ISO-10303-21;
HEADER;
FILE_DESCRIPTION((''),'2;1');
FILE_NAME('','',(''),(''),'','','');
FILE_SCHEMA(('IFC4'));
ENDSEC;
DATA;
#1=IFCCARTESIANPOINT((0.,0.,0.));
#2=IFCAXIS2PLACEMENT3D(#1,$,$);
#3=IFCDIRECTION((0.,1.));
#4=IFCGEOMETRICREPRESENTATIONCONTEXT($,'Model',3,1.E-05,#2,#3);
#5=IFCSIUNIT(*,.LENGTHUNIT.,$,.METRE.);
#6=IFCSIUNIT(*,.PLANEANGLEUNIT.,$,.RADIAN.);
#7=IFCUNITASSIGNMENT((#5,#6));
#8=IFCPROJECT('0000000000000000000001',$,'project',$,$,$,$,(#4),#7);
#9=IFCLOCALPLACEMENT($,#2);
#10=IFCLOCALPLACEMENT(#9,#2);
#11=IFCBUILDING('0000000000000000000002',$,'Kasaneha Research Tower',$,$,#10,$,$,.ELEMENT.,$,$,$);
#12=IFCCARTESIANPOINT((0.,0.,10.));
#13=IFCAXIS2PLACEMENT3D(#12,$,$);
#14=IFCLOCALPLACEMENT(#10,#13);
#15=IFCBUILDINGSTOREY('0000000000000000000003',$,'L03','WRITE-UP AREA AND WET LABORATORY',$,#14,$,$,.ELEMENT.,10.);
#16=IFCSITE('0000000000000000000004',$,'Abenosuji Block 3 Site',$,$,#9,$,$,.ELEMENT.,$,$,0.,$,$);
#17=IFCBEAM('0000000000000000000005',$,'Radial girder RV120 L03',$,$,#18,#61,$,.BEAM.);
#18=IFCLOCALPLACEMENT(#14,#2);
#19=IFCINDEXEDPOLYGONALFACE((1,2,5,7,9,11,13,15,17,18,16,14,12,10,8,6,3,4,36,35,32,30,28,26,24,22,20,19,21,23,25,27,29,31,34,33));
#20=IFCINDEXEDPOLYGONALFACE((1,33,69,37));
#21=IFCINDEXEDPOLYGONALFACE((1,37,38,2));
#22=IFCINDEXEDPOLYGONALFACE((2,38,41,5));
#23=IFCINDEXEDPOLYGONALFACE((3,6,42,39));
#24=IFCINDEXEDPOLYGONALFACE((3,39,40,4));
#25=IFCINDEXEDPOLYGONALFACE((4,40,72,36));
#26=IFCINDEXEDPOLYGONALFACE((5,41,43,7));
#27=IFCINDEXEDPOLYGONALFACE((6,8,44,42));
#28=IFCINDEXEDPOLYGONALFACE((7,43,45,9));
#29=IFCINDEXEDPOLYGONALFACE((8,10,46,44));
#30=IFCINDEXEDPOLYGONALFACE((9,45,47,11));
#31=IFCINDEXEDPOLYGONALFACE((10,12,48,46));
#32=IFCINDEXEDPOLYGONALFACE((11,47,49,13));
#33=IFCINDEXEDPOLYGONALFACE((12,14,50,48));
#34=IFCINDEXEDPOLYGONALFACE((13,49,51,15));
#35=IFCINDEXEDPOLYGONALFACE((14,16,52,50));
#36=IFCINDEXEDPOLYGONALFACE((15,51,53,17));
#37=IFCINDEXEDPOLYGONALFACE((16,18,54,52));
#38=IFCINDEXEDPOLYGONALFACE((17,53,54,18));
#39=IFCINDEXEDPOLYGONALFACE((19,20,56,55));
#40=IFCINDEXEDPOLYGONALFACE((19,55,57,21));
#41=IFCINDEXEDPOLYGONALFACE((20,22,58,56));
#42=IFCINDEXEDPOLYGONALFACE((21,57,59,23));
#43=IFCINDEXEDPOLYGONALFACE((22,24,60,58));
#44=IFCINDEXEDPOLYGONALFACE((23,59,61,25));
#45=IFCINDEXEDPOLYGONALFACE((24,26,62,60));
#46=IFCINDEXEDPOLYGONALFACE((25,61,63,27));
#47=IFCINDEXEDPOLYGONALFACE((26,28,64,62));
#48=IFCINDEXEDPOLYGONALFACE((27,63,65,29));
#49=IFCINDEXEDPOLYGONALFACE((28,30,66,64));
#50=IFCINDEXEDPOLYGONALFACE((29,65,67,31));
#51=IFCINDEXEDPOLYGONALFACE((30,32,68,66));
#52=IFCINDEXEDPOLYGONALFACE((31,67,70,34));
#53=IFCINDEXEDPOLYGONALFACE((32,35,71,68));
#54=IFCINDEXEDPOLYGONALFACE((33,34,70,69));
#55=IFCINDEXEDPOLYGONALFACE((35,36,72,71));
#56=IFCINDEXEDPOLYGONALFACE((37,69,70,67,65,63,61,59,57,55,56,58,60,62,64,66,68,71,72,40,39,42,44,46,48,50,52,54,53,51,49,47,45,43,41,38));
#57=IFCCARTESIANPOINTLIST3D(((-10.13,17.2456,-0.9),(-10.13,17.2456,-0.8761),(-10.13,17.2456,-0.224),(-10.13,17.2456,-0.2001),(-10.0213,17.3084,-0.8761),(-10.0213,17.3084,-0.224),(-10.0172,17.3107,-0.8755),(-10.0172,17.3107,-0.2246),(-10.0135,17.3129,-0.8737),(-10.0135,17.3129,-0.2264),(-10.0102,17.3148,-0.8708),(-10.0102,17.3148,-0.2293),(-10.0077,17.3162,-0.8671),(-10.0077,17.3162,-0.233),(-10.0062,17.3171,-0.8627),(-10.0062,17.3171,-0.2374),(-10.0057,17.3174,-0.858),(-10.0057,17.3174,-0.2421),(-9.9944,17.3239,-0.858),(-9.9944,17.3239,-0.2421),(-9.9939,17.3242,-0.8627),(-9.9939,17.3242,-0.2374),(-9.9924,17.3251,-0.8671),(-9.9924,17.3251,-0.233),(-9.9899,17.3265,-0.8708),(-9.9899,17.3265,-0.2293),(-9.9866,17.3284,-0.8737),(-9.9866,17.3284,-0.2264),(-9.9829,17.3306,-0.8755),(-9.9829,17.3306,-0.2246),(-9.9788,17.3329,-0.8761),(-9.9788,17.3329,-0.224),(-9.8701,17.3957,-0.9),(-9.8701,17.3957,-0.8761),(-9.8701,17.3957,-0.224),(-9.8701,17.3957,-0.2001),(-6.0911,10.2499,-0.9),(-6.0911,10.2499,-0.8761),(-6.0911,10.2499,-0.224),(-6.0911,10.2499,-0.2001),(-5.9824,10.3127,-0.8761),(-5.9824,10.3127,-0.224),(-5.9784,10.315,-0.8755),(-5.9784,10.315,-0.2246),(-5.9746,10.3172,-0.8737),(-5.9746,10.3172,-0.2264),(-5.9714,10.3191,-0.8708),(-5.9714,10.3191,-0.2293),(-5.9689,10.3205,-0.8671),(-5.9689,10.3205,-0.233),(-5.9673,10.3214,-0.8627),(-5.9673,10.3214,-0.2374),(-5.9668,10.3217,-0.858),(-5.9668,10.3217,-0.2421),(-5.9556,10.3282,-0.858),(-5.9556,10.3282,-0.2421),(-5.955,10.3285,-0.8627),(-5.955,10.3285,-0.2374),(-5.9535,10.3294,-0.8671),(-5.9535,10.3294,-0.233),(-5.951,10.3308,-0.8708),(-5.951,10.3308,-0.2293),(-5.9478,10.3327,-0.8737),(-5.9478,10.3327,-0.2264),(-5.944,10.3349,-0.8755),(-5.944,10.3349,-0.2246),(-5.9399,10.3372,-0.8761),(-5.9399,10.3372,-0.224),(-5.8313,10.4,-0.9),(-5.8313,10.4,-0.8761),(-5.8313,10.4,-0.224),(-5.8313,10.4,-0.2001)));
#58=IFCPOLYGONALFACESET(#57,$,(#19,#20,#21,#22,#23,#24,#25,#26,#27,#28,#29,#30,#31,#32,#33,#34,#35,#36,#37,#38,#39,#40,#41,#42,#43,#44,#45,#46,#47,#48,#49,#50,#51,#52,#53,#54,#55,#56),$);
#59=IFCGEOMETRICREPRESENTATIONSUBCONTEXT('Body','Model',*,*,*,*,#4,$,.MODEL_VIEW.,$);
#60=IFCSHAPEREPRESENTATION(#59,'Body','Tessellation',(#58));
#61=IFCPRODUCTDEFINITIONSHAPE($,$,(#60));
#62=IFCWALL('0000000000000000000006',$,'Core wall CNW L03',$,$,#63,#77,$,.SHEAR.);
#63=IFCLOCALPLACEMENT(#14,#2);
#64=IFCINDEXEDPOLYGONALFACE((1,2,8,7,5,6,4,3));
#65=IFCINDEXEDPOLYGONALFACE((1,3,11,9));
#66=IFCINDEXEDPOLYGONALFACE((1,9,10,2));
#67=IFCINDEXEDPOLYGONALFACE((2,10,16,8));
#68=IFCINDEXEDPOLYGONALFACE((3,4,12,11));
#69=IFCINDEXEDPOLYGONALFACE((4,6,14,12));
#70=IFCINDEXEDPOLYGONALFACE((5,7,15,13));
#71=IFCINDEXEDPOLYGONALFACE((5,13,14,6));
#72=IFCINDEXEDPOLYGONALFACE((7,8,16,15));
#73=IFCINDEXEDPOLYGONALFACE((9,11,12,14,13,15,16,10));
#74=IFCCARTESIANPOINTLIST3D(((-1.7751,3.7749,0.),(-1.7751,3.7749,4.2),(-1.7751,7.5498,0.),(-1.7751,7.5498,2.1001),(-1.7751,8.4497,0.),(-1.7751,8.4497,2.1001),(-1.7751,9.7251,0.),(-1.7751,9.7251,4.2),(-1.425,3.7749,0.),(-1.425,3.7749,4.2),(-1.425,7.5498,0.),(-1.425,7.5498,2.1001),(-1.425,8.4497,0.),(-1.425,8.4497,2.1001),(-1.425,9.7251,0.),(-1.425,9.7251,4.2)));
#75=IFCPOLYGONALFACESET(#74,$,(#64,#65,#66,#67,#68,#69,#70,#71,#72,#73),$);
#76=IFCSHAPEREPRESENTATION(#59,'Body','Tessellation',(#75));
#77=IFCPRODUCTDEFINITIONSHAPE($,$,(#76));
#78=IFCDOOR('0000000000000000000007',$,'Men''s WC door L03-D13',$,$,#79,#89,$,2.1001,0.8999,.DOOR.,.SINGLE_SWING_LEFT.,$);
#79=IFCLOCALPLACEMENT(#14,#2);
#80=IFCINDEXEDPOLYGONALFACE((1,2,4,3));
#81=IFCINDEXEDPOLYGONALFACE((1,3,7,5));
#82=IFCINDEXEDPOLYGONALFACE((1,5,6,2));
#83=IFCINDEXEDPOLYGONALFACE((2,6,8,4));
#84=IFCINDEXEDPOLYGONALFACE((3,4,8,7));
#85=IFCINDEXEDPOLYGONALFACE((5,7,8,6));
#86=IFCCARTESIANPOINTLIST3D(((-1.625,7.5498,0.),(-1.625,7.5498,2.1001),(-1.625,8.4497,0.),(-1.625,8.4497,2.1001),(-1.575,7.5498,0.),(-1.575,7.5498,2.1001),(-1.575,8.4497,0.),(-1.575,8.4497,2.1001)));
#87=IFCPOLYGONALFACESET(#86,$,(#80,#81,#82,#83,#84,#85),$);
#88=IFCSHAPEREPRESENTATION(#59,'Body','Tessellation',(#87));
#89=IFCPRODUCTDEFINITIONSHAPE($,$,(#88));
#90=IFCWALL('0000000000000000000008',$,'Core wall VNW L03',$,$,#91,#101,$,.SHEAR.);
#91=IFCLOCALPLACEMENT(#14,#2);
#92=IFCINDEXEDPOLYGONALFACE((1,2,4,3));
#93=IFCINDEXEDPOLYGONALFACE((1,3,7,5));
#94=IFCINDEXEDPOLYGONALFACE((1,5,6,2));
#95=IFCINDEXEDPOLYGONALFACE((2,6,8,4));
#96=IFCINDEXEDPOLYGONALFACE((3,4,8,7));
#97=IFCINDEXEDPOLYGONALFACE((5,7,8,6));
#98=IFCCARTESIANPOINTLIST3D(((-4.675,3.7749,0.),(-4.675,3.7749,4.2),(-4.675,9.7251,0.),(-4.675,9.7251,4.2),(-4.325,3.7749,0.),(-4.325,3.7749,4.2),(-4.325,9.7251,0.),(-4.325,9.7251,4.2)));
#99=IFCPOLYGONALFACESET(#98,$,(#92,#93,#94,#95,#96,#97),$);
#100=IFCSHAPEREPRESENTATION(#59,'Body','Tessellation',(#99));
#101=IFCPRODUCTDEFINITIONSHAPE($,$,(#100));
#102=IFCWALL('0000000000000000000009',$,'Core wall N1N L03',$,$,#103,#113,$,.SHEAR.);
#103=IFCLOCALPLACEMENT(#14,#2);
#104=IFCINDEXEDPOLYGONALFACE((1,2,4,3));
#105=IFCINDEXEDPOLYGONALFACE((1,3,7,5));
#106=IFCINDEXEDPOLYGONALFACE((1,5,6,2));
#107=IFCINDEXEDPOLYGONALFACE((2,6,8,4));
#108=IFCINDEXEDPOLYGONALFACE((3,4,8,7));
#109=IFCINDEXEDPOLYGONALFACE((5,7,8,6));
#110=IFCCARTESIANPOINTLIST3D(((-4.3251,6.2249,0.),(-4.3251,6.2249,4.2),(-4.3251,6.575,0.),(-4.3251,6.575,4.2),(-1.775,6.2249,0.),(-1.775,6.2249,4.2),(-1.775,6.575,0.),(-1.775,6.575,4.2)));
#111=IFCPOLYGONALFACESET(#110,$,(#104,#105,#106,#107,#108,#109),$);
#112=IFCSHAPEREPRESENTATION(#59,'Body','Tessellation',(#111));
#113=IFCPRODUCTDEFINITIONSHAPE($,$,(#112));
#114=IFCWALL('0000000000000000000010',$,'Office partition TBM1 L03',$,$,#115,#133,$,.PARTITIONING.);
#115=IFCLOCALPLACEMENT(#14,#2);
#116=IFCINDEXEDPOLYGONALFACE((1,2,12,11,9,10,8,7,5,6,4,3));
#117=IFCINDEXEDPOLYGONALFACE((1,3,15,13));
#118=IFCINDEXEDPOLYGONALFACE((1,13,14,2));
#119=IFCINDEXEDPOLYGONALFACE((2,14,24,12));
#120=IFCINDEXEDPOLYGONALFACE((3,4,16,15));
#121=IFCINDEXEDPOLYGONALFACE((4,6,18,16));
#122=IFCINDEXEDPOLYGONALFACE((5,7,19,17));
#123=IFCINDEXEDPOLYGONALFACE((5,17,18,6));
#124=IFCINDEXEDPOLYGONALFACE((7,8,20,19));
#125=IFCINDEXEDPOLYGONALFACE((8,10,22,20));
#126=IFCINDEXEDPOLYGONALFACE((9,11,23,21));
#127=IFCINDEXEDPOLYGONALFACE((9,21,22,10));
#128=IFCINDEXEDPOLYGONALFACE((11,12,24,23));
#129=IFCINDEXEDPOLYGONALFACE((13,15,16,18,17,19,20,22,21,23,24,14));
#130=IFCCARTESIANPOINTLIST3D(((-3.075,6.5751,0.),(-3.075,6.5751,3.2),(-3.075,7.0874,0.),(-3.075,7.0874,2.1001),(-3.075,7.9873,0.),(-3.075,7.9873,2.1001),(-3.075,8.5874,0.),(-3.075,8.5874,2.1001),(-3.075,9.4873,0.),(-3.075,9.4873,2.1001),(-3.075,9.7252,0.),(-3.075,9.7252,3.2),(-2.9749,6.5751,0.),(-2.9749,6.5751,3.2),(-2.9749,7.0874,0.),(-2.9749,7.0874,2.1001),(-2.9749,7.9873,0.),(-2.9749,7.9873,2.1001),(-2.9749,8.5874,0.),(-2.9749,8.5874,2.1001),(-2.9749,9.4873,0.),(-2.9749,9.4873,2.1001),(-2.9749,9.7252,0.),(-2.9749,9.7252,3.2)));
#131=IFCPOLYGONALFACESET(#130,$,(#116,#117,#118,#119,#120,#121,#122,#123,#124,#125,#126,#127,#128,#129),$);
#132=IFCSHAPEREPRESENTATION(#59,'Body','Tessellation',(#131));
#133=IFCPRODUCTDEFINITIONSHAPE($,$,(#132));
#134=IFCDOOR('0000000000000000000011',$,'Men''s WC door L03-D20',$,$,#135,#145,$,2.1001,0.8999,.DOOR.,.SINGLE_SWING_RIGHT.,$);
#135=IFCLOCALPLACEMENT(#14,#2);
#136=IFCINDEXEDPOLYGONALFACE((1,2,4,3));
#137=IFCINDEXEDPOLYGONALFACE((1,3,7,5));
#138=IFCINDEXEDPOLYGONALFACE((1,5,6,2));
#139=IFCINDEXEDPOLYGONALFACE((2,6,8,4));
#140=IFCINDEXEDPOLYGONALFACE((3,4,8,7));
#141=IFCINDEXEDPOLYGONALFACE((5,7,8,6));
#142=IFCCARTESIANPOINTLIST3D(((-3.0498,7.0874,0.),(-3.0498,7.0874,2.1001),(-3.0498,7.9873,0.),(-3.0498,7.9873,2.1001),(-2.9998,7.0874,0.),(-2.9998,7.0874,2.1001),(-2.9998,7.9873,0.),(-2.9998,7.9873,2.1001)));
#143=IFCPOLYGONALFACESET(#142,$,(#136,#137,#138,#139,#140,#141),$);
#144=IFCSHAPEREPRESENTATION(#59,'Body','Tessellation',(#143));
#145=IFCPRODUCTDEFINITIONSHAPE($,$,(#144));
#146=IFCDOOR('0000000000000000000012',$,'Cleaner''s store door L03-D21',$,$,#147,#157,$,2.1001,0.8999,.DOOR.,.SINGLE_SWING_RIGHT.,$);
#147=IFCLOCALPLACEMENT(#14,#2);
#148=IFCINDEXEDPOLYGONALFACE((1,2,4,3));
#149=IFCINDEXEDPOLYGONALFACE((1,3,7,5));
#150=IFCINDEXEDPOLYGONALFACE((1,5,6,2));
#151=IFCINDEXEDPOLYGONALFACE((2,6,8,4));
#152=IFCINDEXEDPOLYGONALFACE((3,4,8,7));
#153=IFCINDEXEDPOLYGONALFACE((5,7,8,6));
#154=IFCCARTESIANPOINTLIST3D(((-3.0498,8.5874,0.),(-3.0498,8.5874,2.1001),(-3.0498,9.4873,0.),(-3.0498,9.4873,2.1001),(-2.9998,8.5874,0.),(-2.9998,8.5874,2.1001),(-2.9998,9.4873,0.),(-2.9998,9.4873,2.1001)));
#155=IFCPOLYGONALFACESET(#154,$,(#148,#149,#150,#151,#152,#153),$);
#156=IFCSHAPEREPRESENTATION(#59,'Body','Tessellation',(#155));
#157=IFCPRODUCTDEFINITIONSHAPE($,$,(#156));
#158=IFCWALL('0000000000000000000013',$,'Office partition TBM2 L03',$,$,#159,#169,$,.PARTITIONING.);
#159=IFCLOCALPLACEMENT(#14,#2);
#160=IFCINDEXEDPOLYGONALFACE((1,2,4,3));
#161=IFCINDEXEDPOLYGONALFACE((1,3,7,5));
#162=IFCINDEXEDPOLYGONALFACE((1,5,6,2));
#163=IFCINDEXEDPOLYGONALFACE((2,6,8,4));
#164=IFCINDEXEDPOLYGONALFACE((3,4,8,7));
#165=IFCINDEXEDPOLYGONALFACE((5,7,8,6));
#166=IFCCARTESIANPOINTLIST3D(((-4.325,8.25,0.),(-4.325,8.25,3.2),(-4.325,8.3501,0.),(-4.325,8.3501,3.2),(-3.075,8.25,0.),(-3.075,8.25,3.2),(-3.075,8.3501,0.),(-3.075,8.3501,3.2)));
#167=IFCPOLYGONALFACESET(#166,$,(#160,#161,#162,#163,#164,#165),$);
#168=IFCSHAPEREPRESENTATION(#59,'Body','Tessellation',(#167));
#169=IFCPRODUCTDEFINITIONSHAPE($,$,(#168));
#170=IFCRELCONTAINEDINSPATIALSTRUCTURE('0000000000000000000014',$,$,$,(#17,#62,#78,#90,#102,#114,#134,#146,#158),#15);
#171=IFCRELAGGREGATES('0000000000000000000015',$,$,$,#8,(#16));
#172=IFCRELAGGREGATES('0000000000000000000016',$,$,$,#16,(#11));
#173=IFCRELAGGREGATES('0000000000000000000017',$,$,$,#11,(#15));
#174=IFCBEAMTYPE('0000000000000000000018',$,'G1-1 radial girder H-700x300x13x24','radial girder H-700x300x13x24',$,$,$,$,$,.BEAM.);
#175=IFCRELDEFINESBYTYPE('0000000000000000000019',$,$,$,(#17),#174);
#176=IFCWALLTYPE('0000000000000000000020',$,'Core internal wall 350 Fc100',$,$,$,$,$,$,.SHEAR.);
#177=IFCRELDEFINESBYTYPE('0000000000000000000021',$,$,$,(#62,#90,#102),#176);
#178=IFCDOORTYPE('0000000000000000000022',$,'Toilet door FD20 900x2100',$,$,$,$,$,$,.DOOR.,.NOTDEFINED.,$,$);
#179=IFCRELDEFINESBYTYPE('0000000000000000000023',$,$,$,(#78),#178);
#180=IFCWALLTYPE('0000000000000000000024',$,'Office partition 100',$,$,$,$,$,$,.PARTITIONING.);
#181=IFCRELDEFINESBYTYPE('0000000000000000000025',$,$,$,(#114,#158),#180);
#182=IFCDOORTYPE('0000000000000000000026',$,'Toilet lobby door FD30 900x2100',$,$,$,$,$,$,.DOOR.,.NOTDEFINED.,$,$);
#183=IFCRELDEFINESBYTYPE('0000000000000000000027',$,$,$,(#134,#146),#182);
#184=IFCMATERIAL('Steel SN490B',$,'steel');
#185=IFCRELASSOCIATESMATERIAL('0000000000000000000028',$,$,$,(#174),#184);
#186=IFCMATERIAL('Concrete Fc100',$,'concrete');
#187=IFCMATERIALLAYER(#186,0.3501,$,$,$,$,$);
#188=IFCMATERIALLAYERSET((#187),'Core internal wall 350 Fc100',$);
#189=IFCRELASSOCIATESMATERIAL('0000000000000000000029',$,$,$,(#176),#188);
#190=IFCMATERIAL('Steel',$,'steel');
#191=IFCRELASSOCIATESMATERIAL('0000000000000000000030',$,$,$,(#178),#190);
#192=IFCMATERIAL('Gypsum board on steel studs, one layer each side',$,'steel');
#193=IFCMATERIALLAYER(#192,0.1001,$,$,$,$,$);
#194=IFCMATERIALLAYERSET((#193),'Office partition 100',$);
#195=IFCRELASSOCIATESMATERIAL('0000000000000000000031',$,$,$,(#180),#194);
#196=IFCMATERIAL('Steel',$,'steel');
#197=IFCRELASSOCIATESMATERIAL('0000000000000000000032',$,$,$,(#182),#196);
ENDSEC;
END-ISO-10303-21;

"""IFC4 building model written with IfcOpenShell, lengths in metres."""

from ifc_helpers import new_model, si_unit, direction, frame, frame_2d, origin, origin_2d, place, context, subcontext, project, spatial, rectangle, i_section, extrude, material, layer, layer_set, material_profile, profile_set, type_object, element, fill, save


model = new_model("IFC4")

# Units and contexts
model_context = context("Model", 3, precision=1e-05, world=origin(), true_north=direction((0.0, 1.0)))
body_context = subcontext(model_context, "Body", "Model", "MODEL_VIEW")
ifc_project = project(units=[si_unit("LENGTHUNIT", "METRE"), si_unit("PLANEANGLEUNIT", "RADIAN")], contexts=[model_context])

# Site, building, storey
site_placement = place(None, origin())
site = spatial("IfcSite", under=ifc_project, at=site_placement, Name="Abenosuji Block 3 Site", CompositionType="ELEMENT", RefElevation=0.0)
building_placement = place(site_placement, origin())
building = spatial("IfcBuilding", under=site, at=building_placement, Name="Kasaneha Research Tower", CompositionType="ELEMENT")
storey_placement = place(building_placement, frame((0.0, 0.0, 10.0)))
storey = spatial("IfcBuildingStorey", under=building, at=storey_placement, Name="L03", Description="WRITE-UP AREA AND WET LABORATORY", CompositionType="ELEMENT", Elevation=10.0)

# Beam
ifc_material_1 = material(Name="Steel SN490B", Category="steel")
ifc_material_profile = material_profile(ifc_material_1, i_section(OverallWidth=0.3, OverallDepth=0.7, WebThickness=0.0129, FlangeThickness=0.0239, FilletRadius=0.0181, at=origin_2d()), Name="H-700x300x13x24")
ifc_profile_set = profile_set([ifc_material_profile], Name="Steel SN490B")
beam_type = type_object("IfcBeamType", Name="G1-1 radial girder H-700x300x13x24", Description="radial girder H-700x300x13x24", PredefinedType="BEAM", material=ifc_profile_set)
beam_placement = place(storey_placement, frame((-5.9612, 10.325, -0.55), z_axis=(-0.499991, 0.866031, 0.0), x_axis=(-0.866031, -0.499991, 0.0)))
element("IfcBeam", 1, at=beam_placement, inside=storey, type_object=beam_type, Name="Radial girder RV120 L03", PredefinedType="BEAM", context=body_context, shape_type="SweptSolid", body=[
    extrude(i_section(OverallWidth=0.3, OverallDepth=0.7, WebThickness=0.0129, FlangeThickness=0.0239, FilletRadius=0.0181, at=origin_2d()), origin(), (0.0, 0.0, 1.0), 8.0779),
])

# Wall, opening, door
ifc_material_2 = material(Name="Concrete Fc100", Category="concrete")
ifc_layer_1 = layer(ifc_material_2, 0.3501)
ifc_layer_set_1 = layer_set([ifc_layer_1], Name="Core internal wall 350 Fc100")
wall_type_1 = type_object("IfcWallType", Name="Core internal wall 350 Fc100", PredefinedType="SHEAR", material=ifc_layer_set_1)
wall_1_placement = place(storey_placement, frame((-1.6001, 3.7749, 0.0), z_axis=(0.0, 0.0, 1.0), x_axis=(0.0, 1.0, 0.0)))
wall_1 = element("IfcWall", 2, at=wall_1_placement, inside=storey, type_object=wall_type_1, Name="Core wall CNW L03", PredefinedType="SHEAR", context=body_context, shape_type="SweptSolid", body=[
    extrude(rectangle(XDim=5.9502, YDim=0.3501, at=frame_2d((2.9751, 0.0))), origin(), (0.0, 0.0, 1.0), 4.2),
])
opening_1_placement = place(wall_1_placement, frame((3.7749, 0.0, 0.0)))
opening_1 = element("IfcOpeningElement", 3, at=opening_1_placement, cuts=wall_1, PredefinedType="OPENING", context=body_context, shape_type="SweptSolid", body=[
    extrude(rectangle(XDim=0.8999, YDim=2.1001, at=frame_2d((0.45, 1.05))), frame((0.0, 0.1851, 0.0), z_axis=(0.0, -1.0, 0.0), x_axis=(1.0, 0.0, 0.0)), (0.0, 0.0, 1.0), 0.3701),
])
ifc_material_3 = material(Name="Steel", Category="steel")
door_type_1 = type_object("IfcDoorType", Name="Toilet door FD20 900x2100", OperationType="NOTDEFINED", PredefinedType="DOOR", material=ifc_material_3)
door_1_placement = place(opening_1_placement, origin())
door_1 = element("IfcDoor", 4, at=door_1_placement, inside=storey, type_object=door_type_1, Name="Men's WC door L03-D13", OperationType="SINGLE_SWING_LEFT", OverallHeight=2.1001, OverallWidth=0.8999, PredefinedType="DOOR", context=body_context, shape_type="SweptSolid", body=[
    extrude(rectangle(XDim=0.8999, YDim=2.1001, at=frame_2d((0.45, 1.05))), frame((0.0, 0.0249, 0.0), z_axis=(0.0, -1.0, 0.0), x_axis=(1.0, 0.0, 0.0)), (0.0, 0.0, 1.0), 0.05),
])
fill(opening_1, door_1)

# Walls
wall_2_placement = place(storey_placement, frame((-4.5, 3.7749, 0.0), z_axis=(0.0, 0.0, 1.0), x_axis=(0.0, 1.0, 0.0)))
element("IfcWall", 5, at=wall_2_placement, inside=storey, type_object=wall_type_1, Name="Core wall VNW L03", PredefinedType="SHEAR", context=body_context, shape_type="SweptSolid", body=[
    extrude(rectangle(XDim=5.9502, YDim=0.3501, at=frame_2d((2.9751, 0.0))), origin(), (0.0, 0.0, 1.0), 4.2),
])
wall_3_placement = place(storey_placement, frame((-4.325, 6.3999, 0.0), z_axis=(0.0, 0.0, 1.0), x_axis=(1.0, 0.0, 0.0)))
element("IfcWall", 6, at=wall_3_placement, inside=storey, type_object=wall_type_1, Name="Core wall N1N L03", PredefinedType="SHEAR", context=body_context, shape_type="SweptSolid", body=[
    extrude(rectangle(XDim=2.55, YDim=0.3501, at=frame_2d((1.2749, 0.0))), origin(), (0.0, 0.0, 1.0), 4.2),
])

# Wall, openings, doors
ifc_material_4 = material(Name="Gypsum board on steel studs, one layer each side", Category="steel")
ifc_layer_2 = layer(ifc_material_4, 0.1001)
ifc_layer_set_2 = layer_set([ifc_layer_2], Name="Office partition 100")
wall_type_2 = type_object("IfcWallType", Name="Office partition 100", PredefinedType="PARTITIONING", material=ifc_layer_set_2)
wall_4_placement = place(storey_placement, frame((-3.0249, 6.575, 0.0), z_axis=(0.0, 0.0, 1.0), x_axis=(0.0, 1.0, 0.0)))
wall_4 = element("IfcWall", 7, at=wall_4_placement, inside=storey, type_object=wall_type_2, Name="Office partition TBM1 L03", PredefinedType="PARTITIONING", context=body_context, shape_type="SweptSolid", body=[
    extrude(rectangle(XDim=3.1501, YDim=0.1001, at=frame_2d((1.5752, 0.0))), origin(), (0.0, 0.0, 1.0), 3.2),
])
opening_2_placement = place(wall_4_placement, frame((0.5125, 0.0, 0.0)))
opening_2 = element("IfcOpeningElement", 8, at=opening_2_placement, cuts=wall_4, PredefinedType="OPENING", context=body_context, shape_type="SweptSolid", body=[
    extrude(rectangle(XDim=0.8999, YDim=2.1001, at=frame_2d((0.45, 1.05))), frame((0.0, 0.0601, 0.0), z_axis=(0.0, -1.0, 0.0), x_axis=(1.0, 0.0, 0.0)), (0.0, 0.0, 1.0), 0.1201),
])
opening_3_placement = place(wall_4_placement, frame((2.0125, 0.0, 0.0)))
opening_3 = element("IfcOpeningElement", 9, at=opening_3_placement, cuts=wall_4, PredefinedType="OPENING", context=body_context, shape_type="SweptSolid", body=[
    extrude(rectangle(XDim=0.8999, YDim=2.1001, at=frame_2d((0.45, 1.05))), frame((0.0, 0.0601, 0.0), z_axis=(0.0, -1.0, 0.0), x_axis=(1.0, 0.0, 0.0)), (0.0, 0.0, 1.0), 0.1201),
])
ifc_material_5 = material(Name="Steel", Category="steel")
door_type_2 = type_object("IfcDoorType", Name="Toilet lobby door FD30 900x2100", OperationType="NOTDEFINED", PredefinedType="DOOR", material=ifc_material_5)
door_2_placement = place(opening_2_placement, origin())
door_2 = element("IfcDoor", 10, at=door_2_placement, inside=storey, type_object=door_type_2, Name="Men's WC door L03-D20", OperationType="SINGLE_SWING_RIGHT", OverallHeight=2.1001, OverallWidth=0.8999, PredefinedType="DOOR", context=body_context, shape_type="SweptSolid", body=[
    extrude(rectangle(XDim=0.8999, YDim=2.1001, at=frame_2d((0.45, 1.05))), frame((0.0, 0.0249, 0.0), z_axis=(0.0, -1.0, 0.0), x_axis=(1.0, 0.0, 0.0)), (0.0, 0.0, 1.0), 0.05),
])
fill(opening_2, door_2)
door_3_placement = place(opening_3_placement, origin())
door_3 = element("IfcDoor", 11, at=door_3_placement, inside=storey, type_object=door_type_2, Name="Cleaner's store door L03-D21", OperationType="SINGLE_SWING_RIGHT", OverallHeight=2.1001, OverallWidth=0.8999, PredefinedType="DOOR", context=body_context, shape_type="SweptSolid", body=[
    extrude(rectangle(XDim=0.8999, YDim=2.1001, at=frame_2d((0.45, 1.05))), frame((0.0, 0.0249, 0.0), z_axis=(0.0, -1.0, 0.0), x_axis=(1.0, 0.0, 0.0)), (0.0, 0.0, 1.0), 0.05),
])
fill(opening_3, door_3)

# Wall
wall_5_placement = place(storey_placement, frame((-3.075, 8.3, 0.0), z_axis=(0.0, 0.0, 1.0), x_axis=(-1.0, 0.0, 0.0)))
element("IfcWall", 12, at=wall_5_placement, inside=storey, type_object=wall_type_2, Name="Office partition TBM2 L03", PredefinedType="PARTITIONING", context=body_context, shape_type="SweptSolid", body=[
    extrude(rectangle(XDim=1.25, YDim=0.1001, at=frame_2d((0.625, 0.0))), origin(), (0.0, 0.0, 1.0), 3.2),
])

save(model, "model.ifc")
